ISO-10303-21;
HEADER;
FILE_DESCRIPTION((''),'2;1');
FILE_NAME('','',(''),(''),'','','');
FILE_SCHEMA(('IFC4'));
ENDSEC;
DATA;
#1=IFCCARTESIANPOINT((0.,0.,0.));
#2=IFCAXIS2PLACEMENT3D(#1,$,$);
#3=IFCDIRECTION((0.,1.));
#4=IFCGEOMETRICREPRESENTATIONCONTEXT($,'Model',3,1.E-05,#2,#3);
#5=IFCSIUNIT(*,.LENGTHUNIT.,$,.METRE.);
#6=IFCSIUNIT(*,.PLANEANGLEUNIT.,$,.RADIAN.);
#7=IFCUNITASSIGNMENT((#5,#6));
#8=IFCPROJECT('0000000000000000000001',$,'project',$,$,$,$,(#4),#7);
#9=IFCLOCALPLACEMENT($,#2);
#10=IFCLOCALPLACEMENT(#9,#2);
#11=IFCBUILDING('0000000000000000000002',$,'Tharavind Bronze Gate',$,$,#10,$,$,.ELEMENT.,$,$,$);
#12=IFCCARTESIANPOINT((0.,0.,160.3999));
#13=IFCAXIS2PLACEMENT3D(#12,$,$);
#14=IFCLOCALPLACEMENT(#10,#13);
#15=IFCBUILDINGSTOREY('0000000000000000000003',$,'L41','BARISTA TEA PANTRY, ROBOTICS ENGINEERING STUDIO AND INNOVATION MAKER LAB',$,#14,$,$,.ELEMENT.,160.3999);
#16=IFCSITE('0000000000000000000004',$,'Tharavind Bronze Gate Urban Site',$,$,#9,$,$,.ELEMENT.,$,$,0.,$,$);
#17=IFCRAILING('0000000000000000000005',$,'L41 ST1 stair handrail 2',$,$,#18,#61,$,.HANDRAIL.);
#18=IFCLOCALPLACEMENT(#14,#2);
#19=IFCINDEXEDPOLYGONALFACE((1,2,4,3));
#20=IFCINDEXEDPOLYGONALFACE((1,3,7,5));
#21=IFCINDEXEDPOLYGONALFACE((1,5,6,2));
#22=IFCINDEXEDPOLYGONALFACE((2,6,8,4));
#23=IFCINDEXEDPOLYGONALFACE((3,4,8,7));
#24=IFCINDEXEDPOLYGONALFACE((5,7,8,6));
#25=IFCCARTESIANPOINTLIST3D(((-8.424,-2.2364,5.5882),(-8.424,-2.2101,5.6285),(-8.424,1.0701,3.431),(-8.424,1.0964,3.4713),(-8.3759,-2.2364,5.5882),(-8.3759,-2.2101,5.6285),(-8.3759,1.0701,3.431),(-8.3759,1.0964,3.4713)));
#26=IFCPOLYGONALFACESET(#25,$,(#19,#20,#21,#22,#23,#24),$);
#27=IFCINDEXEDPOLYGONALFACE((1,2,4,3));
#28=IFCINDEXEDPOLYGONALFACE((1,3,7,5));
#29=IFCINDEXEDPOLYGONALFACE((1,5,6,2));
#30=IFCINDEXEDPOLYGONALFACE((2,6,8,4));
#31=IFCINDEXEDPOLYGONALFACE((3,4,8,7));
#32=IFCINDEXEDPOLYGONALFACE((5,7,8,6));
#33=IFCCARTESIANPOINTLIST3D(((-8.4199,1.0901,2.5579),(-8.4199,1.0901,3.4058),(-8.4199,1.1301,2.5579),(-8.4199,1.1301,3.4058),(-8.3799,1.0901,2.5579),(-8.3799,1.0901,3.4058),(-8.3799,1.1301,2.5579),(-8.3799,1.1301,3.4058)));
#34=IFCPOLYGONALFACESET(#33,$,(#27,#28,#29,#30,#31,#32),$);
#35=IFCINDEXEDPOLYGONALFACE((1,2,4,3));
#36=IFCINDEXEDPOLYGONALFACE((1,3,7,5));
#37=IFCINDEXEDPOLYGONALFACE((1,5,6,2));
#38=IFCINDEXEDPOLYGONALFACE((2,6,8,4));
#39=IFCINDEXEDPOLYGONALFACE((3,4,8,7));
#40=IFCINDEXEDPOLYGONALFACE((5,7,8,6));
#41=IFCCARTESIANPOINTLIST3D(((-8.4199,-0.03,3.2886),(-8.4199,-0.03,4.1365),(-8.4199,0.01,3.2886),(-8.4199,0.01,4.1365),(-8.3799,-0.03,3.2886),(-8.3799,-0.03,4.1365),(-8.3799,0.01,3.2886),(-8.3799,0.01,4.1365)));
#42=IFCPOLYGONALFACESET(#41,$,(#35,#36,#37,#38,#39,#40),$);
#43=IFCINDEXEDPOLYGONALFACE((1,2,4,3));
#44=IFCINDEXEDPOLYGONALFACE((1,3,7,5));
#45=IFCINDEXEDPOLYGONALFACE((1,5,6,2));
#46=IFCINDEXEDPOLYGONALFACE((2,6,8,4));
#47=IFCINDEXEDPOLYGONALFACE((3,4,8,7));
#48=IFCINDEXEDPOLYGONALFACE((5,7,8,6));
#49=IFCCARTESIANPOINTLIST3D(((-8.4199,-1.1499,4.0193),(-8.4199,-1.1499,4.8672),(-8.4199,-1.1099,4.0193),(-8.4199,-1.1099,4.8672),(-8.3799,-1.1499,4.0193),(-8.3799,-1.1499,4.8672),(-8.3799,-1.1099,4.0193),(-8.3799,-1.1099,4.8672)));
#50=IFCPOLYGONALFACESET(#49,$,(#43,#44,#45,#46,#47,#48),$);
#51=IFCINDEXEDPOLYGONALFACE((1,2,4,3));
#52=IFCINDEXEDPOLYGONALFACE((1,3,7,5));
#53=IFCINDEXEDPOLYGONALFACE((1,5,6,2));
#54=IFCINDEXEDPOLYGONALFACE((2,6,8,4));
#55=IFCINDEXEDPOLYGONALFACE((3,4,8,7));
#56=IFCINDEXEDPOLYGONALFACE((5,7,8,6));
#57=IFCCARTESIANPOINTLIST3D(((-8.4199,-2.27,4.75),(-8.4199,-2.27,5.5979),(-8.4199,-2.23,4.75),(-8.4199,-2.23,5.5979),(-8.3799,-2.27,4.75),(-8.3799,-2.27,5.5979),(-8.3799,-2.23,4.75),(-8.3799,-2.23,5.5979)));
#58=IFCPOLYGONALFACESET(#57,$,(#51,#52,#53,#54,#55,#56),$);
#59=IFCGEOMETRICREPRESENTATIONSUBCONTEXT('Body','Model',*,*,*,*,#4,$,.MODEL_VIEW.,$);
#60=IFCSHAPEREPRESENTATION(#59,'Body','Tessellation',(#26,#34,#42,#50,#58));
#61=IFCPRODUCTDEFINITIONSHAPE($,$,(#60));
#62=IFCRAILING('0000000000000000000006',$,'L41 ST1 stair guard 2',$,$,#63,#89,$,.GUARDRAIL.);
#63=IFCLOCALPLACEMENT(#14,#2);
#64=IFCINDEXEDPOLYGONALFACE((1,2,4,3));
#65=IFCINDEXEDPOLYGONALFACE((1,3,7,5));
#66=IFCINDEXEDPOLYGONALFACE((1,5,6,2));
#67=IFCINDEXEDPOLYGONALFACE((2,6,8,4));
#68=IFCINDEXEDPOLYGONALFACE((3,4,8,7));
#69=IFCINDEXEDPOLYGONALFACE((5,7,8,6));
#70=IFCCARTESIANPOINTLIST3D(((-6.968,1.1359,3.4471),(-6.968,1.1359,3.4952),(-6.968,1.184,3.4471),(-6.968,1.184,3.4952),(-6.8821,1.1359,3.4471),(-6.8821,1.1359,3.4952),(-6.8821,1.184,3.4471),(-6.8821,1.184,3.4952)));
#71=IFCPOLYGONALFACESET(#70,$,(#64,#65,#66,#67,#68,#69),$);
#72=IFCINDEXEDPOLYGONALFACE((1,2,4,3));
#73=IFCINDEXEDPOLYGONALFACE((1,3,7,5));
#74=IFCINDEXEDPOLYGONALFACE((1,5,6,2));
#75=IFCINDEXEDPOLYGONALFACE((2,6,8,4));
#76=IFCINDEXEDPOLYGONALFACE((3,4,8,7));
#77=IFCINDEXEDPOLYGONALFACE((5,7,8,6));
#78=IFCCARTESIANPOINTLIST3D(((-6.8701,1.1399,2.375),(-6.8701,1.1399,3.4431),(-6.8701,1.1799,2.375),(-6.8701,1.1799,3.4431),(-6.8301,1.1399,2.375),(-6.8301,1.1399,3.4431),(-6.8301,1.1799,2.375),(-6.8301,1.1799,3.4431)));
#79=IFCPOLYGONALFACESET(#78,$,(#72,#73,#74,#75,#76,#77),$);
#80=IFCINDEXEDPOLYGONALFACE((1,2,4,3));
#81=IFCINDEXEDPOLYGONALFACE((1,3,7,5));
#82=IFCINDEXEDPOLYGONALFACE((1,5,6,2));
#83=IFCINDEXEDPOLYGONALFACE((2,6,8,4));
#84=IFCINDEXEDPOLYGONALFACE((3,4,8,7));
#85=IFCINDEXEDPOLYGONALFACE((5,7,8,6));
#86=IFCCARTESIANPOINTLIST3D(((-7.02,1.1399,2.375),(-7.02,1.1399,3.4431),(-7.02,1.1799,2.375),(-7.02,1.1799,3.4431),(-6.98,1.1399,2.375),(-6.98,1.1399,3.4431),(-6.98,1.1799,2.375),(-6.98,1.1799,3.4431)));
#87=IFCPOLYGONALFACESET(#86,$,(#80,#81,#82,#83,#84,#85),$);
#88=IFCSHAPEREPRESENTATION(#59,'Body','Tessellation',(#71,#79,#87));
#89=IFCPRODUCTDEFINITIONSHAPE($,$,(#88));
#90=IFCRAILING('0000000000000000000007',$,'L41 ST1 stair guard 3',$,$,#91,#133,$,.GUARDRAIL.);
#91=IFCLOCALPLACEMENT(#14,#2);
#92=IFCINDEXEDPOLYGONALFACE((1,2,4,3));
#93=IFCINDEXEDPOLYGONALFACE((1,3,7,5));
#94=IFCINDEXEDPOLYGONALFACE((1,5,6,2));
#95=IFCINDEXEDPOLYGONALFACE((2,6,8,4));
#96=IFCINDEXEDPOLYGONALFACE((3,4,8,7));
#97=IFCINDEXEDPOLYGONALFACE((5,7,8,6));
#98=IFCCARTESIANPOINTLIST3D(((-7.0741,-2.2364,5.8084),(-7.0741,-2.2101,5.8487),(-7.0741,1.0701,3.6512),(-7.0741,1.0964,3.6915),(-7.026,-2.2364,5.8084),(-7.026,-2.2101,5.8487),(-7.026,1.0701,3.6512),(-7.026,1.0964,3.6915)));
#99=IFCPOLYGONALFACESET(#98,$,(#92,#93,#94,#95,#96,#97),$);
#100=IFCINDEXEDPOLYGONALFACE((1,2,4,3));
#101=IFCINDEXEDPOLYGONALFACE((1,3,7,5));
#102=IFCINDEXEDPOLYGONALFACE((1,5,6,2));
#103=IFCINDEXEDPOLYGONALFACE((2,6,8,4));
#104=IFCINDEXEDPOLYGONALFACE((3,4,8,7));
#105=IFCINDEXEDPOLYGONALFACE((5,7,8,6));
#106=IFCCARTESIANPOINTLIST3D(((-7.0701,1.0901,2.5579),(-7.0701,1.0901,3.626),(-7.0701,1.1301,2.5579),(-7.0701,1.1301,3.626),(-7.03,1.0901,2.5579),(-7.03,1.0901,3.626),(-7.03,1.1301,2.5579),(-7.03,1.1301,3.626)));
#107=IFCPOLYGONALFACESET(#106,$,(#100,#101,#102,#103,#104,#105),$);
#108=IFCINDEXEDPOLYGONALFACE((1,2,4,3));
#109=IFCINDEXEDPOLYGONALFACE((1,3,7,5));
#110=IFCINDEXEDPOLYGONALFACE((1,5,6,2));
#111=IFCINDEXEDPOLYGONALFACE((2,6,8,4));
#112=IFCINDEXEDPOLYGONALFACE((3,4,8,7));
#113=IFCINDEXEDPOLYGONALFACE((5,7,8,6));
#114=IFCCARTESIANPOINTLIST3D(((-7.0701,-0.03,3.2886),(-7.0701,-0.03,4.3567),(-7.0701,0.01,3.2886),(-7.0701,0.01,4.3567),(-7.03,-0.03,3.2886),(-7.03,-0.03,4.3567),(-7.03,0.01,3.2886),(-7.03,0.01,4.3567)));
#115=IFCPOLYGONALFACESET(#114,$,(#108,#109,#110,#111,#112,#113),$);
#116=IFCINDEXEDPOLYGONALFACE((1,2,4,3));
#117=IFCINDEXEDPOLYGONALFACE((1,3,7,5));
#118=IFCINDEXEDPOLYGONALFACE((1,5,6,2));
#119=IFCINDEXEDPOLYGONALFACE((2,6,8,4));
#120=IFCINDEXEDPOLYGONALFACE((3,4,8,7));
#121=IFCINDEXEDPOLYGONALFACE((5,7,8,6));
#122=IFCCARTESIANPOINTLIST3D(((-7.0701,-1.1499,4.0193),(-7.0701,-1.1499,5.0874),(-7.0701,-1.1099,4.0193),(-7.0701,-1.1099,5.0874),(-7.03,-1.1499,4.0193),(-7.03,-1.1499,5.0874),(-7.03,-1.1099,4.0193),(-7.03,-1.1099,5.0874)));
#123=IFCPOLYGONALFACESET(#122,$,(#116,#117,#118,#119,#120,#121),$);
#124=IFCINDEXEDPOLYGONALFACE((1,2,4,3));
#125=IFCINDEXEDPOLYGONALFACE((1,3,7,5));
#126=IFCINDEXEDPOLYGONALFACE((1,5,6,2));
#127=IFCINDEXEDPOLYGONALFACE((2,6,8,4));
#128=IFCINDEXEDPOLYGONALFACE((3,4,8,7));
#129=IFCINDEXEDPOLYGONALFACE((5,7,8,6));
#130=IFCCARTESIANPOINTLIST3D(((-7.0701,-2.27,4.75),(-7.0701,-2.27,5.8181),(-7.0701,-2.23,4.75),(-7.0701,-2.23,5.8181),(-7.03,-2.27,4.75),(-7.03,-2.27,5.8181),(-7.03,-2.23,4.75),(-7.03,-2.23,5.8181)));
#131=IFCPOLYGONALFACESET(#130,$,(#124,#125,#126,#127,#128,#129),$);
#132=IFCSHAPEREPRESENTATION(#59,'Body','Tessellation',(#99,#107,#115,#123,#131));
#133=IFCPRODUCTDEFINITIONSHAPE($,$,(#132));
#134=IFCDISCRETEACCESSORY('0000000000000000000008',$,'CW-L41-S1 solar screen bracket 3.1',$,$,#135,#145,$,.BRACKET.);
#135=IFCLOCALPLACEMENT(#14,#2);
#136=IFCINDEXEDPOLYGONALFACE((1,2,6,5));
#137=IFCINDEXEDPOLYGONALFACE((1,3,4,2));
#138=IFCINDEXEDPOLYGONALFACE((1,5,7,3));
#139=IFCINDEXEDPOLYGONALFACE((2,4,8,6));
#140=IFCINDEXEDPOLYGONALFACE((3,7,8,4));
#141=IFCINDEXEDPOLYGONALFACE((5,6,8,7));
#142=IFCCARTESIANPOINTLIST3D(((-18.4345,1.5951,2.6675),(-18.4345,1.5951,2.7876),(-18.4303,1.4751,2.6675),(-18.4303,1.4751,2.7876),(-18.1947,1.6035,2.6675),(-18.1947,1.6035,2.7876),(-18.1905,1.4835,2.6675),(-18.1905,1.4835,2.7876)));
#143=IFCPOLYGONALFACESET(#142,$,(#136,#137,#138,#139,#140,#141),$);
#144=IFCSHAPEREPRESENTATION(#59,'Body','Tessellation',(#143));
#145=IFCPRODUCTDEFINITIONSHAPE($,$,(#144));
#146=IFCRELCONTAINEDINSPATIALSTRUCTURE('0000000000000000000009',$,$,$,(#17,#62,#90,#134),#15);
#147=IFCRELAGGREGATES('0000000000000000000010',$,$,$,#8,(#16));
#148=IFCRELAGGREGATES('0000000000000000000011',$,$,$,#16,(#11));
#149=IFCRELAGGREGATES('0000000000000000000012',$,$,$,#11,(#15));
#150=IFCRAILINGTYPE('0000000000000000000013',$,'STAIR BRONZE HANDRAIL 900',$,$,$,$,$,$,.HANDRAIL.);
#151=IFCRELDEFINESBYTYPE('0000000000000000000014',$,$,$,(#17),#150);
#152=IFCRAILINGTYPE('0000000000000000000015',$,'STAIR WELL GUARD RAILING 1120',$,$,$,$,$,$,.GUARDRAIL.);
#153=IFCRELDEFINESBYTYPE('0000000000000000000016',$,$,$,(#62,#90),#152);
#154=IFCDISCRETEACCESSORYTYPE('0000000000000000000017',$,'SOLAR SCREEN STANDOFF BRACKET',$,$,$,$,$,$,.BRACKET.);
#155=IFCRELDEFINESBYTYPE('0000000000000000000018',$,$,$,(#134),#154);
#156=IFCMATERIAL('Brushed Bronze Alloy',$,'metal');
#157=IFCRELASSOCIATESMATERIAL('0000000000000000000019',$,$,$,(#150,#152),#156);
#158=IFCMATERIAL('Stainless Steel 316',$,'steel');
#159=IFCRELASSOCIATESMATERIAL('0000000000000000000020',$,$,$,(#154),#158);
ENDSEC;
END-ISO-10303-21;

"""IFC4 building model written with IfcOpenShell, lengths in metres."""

from ifc_helpers import new_model, si_unit, direction, frame, origin, origin_2d, place, context, subcontext, project, spatial, rectangle, extrude, material, type_object, element, save


model = new_model("IFC4")

# Units and contexts
model_context = context("Model", 3, precision=1e-05, world=origin(), true_north=direction((0.0, 1.0)))
body_context = subcontext(model_context, "Body", "Model", "MODEL_VIEW")
ifc_project = project(units=[si_unit("LENGTHUNIT", "METRE"), si_unit("PLANEANGLEUNIT", "RADIAN")], contexts=[model_context])

# Site, building, storey
site_placement = place(None, origin())
site = spatial("IfcSite", under=ifc_project, at=site_placement, Name="Tharavind Bronze Gate Urban Site", CompositionType="ELEMENT", RefElevation=0.0)
building_placement = place(site_placement, origin())
building = spatial("IfcBuilding", under=site, at=building_placement, Name="Tharavind Bronze Gate", CompositionType="ELEMENT")
storey_placement = place(building_placement, frame((0.0, 0.0, 160.3999)))
storey = spatial("IfcBuildingStorey", under=building, at=storey_placement, Name="L41", Description="BARISTA TEA PANTRY, ROBOTICS ENGINEERING STUDIO AND INNOVATION MAKER LAB", CompositionType="ELEMENT", Elevation=160.3999)

# Railings
ifc_material_1 = material(Name="Brushed Bronze Alloy", Category="metal")
railing_type_1 = type_object("IfcRailingType", Name="STAIR BRONZE HANDRAIL 900", PredefinedType="HANDRAIL", material=ifc_material_1)
railing_1_placement = place(storey_placement, frame((-8.3999, 1.1101, 2.5579)))
element("IfcRailing", 1, at=railing_1_placement, inside=storey, type_object=railing_type_1, Name="L41 ST1 stair handrail 2", PredefinedType="HANDRAIL", context=body_context, shape_type="SweptSolid", body=[
    extrude(rectangle(XDim=0.0481, YDim=0.0481, at=origin_2d()), frame((0.0, -0.0269, 0.8933), z_axis=(0.0, -0.837523, 0.546401), x_axis=(1.0, 0.0, 0.0)), (0.0, 0.0, 1.0), 3.948),
    extrude(rectangle(XDim=0.04, YDim=0.04, at=origin_2d()), origin(), (0.0, 0.0, 1.0), 0.8479),
    extrude(rectangle(XDim=0.04, YDim=0.04, at=origin_2d()), frame((0.0, -1.1201, 0.7307)), (0.0, 0.0, 1.0), 0.8479),
    extrude(rectangle(XDim=0.04, YDim=0.04, at=origin_2d()), frame((0.0, -2.24, 1.4614)), (0.0, 0.0, 1.0), 0.8479),
    extrude(rectangle(XDim=0.04, YDim=0.04, at=origin_2d()), frame((0.0, -3.3601, 2.1921)), (0.0, 0.0, 1.0), 0.8479),
])
railing_type_2 = type_object("IfcRailingType", Name="STAIR WELL GUARD RAILING 1120", PredefinedType="GUARDRAIL", material=ifc_material_1)
railing_2_placement = place(storey_placement, frame((-6.8501, 1.1599, 2.375)))
element("IfcRailing", 2, at=railing_2_placement, inside=storey, type_object=railing_type_2, Name="L41 ST1 stair guard 2", PredefinedType="GUARDRAIL", context=body_context, shape_type="SweptSolid", body=[
    extrude(rectangle(XDim=0.0481, YDim=0.0481, at=origin_2d()), frame((-0.032, 0.0, 1.0962), z_axis=(-1.0, 0.0, 0.0), x_axis=(0.0, -1.0, 0.0)), (0.0, 0.0, 1.0), 0.0859),
    extrude(rectangle(XDim=0.04, YDim=0.04, at=origin_2d()), origin(), (0.0, 0.0, 1.0), 1.0681),
    extrude(rectangle(XDim=0.04, YDim=0.04, at=origin_2d()), frame((-0.1499, 0.0, 0.0)), (0.0, 0.0, 1.0), 1.0681),
])
railing_3_placement = place(storey_placement, frame((-7.05, 1.1101, 2.5579)))
element("IfcRailing", 3, at=railing_3_placement, inside=storey, type_object=railing_type_2, Name="L41 ST1 stair guard 3", PredefinedType="GUARDRAIL", context=body_context, shape_type="SweptSolid", body=[
    extrude(rectangle(XDim=0.0481, YDim=0.0481, at=origin_2d()), frame((0.0, -0.0269, 1.1135), z_axis=(0.0, -0.837523, 0.546401), x_axis=(1.0, 0.0, 0.0)), (0.0, 0.0, 1.0), 3.948),
    extrude(rectangle(XDim=0.04, YDim=0.04, at=origin_2d()), origin(), (0.0, 0.0, 1.0), 1.0681),
    extrude(rectangle(XDim=0.04, YDim=0.04, at=origin_2d()), frame((0.0, -1.1201, 0.7307)), (0.0, 0.0, 1.0), 1.0681),
    extrude(rectangle(XDim=0.04, YDim=0.04, at=origin_2d()), frame((0.0, -2.24, 1.4614)), (0.0, 0.0, 1.0), 1.0681),
    extrude(rectangle(XDim=0.04, YDim=0.04, at=origin_2d()), frame((0.0, -3.3601, 2.1921)), (0.0, 0.0, 1.0), 1.0681),
])

# Discrete accessory
ifc_material_2 = material(Name="Stainless Steel 316", Category="steel")
discrete_accessory_type = type_object("IfcDiscreteAccessoryType", Name="SOLAR SCREEN STANDOFF BRACKET", PredefinedType="BRACKET", material=ifc_material_2)
discrete_accessory_placement = place(storey_placement, frame((-18.3125, 1.5393, 2.6675), z_axis=(0.0, 0.0, 1.0), x_axis=(0.034899, -0.999391, 0.0)))
element("IfcDiscreteAccessory", 4, at=discrete_accessory_placement, inside=storey, type_object=discrete_accessory_type, Name="CW-L41-S1 solar screen bracket 3.1", PredefinedType="BRACKET", context=body_context, shape_type="SweptSolid", body=[
    extrude(rectangle(XDim=0.1201, YDim=0.24, at=origin_2d()), origin(), (0.0, 0.0, 1.0), 0.1201),
])

save(model, "model.ifc")
